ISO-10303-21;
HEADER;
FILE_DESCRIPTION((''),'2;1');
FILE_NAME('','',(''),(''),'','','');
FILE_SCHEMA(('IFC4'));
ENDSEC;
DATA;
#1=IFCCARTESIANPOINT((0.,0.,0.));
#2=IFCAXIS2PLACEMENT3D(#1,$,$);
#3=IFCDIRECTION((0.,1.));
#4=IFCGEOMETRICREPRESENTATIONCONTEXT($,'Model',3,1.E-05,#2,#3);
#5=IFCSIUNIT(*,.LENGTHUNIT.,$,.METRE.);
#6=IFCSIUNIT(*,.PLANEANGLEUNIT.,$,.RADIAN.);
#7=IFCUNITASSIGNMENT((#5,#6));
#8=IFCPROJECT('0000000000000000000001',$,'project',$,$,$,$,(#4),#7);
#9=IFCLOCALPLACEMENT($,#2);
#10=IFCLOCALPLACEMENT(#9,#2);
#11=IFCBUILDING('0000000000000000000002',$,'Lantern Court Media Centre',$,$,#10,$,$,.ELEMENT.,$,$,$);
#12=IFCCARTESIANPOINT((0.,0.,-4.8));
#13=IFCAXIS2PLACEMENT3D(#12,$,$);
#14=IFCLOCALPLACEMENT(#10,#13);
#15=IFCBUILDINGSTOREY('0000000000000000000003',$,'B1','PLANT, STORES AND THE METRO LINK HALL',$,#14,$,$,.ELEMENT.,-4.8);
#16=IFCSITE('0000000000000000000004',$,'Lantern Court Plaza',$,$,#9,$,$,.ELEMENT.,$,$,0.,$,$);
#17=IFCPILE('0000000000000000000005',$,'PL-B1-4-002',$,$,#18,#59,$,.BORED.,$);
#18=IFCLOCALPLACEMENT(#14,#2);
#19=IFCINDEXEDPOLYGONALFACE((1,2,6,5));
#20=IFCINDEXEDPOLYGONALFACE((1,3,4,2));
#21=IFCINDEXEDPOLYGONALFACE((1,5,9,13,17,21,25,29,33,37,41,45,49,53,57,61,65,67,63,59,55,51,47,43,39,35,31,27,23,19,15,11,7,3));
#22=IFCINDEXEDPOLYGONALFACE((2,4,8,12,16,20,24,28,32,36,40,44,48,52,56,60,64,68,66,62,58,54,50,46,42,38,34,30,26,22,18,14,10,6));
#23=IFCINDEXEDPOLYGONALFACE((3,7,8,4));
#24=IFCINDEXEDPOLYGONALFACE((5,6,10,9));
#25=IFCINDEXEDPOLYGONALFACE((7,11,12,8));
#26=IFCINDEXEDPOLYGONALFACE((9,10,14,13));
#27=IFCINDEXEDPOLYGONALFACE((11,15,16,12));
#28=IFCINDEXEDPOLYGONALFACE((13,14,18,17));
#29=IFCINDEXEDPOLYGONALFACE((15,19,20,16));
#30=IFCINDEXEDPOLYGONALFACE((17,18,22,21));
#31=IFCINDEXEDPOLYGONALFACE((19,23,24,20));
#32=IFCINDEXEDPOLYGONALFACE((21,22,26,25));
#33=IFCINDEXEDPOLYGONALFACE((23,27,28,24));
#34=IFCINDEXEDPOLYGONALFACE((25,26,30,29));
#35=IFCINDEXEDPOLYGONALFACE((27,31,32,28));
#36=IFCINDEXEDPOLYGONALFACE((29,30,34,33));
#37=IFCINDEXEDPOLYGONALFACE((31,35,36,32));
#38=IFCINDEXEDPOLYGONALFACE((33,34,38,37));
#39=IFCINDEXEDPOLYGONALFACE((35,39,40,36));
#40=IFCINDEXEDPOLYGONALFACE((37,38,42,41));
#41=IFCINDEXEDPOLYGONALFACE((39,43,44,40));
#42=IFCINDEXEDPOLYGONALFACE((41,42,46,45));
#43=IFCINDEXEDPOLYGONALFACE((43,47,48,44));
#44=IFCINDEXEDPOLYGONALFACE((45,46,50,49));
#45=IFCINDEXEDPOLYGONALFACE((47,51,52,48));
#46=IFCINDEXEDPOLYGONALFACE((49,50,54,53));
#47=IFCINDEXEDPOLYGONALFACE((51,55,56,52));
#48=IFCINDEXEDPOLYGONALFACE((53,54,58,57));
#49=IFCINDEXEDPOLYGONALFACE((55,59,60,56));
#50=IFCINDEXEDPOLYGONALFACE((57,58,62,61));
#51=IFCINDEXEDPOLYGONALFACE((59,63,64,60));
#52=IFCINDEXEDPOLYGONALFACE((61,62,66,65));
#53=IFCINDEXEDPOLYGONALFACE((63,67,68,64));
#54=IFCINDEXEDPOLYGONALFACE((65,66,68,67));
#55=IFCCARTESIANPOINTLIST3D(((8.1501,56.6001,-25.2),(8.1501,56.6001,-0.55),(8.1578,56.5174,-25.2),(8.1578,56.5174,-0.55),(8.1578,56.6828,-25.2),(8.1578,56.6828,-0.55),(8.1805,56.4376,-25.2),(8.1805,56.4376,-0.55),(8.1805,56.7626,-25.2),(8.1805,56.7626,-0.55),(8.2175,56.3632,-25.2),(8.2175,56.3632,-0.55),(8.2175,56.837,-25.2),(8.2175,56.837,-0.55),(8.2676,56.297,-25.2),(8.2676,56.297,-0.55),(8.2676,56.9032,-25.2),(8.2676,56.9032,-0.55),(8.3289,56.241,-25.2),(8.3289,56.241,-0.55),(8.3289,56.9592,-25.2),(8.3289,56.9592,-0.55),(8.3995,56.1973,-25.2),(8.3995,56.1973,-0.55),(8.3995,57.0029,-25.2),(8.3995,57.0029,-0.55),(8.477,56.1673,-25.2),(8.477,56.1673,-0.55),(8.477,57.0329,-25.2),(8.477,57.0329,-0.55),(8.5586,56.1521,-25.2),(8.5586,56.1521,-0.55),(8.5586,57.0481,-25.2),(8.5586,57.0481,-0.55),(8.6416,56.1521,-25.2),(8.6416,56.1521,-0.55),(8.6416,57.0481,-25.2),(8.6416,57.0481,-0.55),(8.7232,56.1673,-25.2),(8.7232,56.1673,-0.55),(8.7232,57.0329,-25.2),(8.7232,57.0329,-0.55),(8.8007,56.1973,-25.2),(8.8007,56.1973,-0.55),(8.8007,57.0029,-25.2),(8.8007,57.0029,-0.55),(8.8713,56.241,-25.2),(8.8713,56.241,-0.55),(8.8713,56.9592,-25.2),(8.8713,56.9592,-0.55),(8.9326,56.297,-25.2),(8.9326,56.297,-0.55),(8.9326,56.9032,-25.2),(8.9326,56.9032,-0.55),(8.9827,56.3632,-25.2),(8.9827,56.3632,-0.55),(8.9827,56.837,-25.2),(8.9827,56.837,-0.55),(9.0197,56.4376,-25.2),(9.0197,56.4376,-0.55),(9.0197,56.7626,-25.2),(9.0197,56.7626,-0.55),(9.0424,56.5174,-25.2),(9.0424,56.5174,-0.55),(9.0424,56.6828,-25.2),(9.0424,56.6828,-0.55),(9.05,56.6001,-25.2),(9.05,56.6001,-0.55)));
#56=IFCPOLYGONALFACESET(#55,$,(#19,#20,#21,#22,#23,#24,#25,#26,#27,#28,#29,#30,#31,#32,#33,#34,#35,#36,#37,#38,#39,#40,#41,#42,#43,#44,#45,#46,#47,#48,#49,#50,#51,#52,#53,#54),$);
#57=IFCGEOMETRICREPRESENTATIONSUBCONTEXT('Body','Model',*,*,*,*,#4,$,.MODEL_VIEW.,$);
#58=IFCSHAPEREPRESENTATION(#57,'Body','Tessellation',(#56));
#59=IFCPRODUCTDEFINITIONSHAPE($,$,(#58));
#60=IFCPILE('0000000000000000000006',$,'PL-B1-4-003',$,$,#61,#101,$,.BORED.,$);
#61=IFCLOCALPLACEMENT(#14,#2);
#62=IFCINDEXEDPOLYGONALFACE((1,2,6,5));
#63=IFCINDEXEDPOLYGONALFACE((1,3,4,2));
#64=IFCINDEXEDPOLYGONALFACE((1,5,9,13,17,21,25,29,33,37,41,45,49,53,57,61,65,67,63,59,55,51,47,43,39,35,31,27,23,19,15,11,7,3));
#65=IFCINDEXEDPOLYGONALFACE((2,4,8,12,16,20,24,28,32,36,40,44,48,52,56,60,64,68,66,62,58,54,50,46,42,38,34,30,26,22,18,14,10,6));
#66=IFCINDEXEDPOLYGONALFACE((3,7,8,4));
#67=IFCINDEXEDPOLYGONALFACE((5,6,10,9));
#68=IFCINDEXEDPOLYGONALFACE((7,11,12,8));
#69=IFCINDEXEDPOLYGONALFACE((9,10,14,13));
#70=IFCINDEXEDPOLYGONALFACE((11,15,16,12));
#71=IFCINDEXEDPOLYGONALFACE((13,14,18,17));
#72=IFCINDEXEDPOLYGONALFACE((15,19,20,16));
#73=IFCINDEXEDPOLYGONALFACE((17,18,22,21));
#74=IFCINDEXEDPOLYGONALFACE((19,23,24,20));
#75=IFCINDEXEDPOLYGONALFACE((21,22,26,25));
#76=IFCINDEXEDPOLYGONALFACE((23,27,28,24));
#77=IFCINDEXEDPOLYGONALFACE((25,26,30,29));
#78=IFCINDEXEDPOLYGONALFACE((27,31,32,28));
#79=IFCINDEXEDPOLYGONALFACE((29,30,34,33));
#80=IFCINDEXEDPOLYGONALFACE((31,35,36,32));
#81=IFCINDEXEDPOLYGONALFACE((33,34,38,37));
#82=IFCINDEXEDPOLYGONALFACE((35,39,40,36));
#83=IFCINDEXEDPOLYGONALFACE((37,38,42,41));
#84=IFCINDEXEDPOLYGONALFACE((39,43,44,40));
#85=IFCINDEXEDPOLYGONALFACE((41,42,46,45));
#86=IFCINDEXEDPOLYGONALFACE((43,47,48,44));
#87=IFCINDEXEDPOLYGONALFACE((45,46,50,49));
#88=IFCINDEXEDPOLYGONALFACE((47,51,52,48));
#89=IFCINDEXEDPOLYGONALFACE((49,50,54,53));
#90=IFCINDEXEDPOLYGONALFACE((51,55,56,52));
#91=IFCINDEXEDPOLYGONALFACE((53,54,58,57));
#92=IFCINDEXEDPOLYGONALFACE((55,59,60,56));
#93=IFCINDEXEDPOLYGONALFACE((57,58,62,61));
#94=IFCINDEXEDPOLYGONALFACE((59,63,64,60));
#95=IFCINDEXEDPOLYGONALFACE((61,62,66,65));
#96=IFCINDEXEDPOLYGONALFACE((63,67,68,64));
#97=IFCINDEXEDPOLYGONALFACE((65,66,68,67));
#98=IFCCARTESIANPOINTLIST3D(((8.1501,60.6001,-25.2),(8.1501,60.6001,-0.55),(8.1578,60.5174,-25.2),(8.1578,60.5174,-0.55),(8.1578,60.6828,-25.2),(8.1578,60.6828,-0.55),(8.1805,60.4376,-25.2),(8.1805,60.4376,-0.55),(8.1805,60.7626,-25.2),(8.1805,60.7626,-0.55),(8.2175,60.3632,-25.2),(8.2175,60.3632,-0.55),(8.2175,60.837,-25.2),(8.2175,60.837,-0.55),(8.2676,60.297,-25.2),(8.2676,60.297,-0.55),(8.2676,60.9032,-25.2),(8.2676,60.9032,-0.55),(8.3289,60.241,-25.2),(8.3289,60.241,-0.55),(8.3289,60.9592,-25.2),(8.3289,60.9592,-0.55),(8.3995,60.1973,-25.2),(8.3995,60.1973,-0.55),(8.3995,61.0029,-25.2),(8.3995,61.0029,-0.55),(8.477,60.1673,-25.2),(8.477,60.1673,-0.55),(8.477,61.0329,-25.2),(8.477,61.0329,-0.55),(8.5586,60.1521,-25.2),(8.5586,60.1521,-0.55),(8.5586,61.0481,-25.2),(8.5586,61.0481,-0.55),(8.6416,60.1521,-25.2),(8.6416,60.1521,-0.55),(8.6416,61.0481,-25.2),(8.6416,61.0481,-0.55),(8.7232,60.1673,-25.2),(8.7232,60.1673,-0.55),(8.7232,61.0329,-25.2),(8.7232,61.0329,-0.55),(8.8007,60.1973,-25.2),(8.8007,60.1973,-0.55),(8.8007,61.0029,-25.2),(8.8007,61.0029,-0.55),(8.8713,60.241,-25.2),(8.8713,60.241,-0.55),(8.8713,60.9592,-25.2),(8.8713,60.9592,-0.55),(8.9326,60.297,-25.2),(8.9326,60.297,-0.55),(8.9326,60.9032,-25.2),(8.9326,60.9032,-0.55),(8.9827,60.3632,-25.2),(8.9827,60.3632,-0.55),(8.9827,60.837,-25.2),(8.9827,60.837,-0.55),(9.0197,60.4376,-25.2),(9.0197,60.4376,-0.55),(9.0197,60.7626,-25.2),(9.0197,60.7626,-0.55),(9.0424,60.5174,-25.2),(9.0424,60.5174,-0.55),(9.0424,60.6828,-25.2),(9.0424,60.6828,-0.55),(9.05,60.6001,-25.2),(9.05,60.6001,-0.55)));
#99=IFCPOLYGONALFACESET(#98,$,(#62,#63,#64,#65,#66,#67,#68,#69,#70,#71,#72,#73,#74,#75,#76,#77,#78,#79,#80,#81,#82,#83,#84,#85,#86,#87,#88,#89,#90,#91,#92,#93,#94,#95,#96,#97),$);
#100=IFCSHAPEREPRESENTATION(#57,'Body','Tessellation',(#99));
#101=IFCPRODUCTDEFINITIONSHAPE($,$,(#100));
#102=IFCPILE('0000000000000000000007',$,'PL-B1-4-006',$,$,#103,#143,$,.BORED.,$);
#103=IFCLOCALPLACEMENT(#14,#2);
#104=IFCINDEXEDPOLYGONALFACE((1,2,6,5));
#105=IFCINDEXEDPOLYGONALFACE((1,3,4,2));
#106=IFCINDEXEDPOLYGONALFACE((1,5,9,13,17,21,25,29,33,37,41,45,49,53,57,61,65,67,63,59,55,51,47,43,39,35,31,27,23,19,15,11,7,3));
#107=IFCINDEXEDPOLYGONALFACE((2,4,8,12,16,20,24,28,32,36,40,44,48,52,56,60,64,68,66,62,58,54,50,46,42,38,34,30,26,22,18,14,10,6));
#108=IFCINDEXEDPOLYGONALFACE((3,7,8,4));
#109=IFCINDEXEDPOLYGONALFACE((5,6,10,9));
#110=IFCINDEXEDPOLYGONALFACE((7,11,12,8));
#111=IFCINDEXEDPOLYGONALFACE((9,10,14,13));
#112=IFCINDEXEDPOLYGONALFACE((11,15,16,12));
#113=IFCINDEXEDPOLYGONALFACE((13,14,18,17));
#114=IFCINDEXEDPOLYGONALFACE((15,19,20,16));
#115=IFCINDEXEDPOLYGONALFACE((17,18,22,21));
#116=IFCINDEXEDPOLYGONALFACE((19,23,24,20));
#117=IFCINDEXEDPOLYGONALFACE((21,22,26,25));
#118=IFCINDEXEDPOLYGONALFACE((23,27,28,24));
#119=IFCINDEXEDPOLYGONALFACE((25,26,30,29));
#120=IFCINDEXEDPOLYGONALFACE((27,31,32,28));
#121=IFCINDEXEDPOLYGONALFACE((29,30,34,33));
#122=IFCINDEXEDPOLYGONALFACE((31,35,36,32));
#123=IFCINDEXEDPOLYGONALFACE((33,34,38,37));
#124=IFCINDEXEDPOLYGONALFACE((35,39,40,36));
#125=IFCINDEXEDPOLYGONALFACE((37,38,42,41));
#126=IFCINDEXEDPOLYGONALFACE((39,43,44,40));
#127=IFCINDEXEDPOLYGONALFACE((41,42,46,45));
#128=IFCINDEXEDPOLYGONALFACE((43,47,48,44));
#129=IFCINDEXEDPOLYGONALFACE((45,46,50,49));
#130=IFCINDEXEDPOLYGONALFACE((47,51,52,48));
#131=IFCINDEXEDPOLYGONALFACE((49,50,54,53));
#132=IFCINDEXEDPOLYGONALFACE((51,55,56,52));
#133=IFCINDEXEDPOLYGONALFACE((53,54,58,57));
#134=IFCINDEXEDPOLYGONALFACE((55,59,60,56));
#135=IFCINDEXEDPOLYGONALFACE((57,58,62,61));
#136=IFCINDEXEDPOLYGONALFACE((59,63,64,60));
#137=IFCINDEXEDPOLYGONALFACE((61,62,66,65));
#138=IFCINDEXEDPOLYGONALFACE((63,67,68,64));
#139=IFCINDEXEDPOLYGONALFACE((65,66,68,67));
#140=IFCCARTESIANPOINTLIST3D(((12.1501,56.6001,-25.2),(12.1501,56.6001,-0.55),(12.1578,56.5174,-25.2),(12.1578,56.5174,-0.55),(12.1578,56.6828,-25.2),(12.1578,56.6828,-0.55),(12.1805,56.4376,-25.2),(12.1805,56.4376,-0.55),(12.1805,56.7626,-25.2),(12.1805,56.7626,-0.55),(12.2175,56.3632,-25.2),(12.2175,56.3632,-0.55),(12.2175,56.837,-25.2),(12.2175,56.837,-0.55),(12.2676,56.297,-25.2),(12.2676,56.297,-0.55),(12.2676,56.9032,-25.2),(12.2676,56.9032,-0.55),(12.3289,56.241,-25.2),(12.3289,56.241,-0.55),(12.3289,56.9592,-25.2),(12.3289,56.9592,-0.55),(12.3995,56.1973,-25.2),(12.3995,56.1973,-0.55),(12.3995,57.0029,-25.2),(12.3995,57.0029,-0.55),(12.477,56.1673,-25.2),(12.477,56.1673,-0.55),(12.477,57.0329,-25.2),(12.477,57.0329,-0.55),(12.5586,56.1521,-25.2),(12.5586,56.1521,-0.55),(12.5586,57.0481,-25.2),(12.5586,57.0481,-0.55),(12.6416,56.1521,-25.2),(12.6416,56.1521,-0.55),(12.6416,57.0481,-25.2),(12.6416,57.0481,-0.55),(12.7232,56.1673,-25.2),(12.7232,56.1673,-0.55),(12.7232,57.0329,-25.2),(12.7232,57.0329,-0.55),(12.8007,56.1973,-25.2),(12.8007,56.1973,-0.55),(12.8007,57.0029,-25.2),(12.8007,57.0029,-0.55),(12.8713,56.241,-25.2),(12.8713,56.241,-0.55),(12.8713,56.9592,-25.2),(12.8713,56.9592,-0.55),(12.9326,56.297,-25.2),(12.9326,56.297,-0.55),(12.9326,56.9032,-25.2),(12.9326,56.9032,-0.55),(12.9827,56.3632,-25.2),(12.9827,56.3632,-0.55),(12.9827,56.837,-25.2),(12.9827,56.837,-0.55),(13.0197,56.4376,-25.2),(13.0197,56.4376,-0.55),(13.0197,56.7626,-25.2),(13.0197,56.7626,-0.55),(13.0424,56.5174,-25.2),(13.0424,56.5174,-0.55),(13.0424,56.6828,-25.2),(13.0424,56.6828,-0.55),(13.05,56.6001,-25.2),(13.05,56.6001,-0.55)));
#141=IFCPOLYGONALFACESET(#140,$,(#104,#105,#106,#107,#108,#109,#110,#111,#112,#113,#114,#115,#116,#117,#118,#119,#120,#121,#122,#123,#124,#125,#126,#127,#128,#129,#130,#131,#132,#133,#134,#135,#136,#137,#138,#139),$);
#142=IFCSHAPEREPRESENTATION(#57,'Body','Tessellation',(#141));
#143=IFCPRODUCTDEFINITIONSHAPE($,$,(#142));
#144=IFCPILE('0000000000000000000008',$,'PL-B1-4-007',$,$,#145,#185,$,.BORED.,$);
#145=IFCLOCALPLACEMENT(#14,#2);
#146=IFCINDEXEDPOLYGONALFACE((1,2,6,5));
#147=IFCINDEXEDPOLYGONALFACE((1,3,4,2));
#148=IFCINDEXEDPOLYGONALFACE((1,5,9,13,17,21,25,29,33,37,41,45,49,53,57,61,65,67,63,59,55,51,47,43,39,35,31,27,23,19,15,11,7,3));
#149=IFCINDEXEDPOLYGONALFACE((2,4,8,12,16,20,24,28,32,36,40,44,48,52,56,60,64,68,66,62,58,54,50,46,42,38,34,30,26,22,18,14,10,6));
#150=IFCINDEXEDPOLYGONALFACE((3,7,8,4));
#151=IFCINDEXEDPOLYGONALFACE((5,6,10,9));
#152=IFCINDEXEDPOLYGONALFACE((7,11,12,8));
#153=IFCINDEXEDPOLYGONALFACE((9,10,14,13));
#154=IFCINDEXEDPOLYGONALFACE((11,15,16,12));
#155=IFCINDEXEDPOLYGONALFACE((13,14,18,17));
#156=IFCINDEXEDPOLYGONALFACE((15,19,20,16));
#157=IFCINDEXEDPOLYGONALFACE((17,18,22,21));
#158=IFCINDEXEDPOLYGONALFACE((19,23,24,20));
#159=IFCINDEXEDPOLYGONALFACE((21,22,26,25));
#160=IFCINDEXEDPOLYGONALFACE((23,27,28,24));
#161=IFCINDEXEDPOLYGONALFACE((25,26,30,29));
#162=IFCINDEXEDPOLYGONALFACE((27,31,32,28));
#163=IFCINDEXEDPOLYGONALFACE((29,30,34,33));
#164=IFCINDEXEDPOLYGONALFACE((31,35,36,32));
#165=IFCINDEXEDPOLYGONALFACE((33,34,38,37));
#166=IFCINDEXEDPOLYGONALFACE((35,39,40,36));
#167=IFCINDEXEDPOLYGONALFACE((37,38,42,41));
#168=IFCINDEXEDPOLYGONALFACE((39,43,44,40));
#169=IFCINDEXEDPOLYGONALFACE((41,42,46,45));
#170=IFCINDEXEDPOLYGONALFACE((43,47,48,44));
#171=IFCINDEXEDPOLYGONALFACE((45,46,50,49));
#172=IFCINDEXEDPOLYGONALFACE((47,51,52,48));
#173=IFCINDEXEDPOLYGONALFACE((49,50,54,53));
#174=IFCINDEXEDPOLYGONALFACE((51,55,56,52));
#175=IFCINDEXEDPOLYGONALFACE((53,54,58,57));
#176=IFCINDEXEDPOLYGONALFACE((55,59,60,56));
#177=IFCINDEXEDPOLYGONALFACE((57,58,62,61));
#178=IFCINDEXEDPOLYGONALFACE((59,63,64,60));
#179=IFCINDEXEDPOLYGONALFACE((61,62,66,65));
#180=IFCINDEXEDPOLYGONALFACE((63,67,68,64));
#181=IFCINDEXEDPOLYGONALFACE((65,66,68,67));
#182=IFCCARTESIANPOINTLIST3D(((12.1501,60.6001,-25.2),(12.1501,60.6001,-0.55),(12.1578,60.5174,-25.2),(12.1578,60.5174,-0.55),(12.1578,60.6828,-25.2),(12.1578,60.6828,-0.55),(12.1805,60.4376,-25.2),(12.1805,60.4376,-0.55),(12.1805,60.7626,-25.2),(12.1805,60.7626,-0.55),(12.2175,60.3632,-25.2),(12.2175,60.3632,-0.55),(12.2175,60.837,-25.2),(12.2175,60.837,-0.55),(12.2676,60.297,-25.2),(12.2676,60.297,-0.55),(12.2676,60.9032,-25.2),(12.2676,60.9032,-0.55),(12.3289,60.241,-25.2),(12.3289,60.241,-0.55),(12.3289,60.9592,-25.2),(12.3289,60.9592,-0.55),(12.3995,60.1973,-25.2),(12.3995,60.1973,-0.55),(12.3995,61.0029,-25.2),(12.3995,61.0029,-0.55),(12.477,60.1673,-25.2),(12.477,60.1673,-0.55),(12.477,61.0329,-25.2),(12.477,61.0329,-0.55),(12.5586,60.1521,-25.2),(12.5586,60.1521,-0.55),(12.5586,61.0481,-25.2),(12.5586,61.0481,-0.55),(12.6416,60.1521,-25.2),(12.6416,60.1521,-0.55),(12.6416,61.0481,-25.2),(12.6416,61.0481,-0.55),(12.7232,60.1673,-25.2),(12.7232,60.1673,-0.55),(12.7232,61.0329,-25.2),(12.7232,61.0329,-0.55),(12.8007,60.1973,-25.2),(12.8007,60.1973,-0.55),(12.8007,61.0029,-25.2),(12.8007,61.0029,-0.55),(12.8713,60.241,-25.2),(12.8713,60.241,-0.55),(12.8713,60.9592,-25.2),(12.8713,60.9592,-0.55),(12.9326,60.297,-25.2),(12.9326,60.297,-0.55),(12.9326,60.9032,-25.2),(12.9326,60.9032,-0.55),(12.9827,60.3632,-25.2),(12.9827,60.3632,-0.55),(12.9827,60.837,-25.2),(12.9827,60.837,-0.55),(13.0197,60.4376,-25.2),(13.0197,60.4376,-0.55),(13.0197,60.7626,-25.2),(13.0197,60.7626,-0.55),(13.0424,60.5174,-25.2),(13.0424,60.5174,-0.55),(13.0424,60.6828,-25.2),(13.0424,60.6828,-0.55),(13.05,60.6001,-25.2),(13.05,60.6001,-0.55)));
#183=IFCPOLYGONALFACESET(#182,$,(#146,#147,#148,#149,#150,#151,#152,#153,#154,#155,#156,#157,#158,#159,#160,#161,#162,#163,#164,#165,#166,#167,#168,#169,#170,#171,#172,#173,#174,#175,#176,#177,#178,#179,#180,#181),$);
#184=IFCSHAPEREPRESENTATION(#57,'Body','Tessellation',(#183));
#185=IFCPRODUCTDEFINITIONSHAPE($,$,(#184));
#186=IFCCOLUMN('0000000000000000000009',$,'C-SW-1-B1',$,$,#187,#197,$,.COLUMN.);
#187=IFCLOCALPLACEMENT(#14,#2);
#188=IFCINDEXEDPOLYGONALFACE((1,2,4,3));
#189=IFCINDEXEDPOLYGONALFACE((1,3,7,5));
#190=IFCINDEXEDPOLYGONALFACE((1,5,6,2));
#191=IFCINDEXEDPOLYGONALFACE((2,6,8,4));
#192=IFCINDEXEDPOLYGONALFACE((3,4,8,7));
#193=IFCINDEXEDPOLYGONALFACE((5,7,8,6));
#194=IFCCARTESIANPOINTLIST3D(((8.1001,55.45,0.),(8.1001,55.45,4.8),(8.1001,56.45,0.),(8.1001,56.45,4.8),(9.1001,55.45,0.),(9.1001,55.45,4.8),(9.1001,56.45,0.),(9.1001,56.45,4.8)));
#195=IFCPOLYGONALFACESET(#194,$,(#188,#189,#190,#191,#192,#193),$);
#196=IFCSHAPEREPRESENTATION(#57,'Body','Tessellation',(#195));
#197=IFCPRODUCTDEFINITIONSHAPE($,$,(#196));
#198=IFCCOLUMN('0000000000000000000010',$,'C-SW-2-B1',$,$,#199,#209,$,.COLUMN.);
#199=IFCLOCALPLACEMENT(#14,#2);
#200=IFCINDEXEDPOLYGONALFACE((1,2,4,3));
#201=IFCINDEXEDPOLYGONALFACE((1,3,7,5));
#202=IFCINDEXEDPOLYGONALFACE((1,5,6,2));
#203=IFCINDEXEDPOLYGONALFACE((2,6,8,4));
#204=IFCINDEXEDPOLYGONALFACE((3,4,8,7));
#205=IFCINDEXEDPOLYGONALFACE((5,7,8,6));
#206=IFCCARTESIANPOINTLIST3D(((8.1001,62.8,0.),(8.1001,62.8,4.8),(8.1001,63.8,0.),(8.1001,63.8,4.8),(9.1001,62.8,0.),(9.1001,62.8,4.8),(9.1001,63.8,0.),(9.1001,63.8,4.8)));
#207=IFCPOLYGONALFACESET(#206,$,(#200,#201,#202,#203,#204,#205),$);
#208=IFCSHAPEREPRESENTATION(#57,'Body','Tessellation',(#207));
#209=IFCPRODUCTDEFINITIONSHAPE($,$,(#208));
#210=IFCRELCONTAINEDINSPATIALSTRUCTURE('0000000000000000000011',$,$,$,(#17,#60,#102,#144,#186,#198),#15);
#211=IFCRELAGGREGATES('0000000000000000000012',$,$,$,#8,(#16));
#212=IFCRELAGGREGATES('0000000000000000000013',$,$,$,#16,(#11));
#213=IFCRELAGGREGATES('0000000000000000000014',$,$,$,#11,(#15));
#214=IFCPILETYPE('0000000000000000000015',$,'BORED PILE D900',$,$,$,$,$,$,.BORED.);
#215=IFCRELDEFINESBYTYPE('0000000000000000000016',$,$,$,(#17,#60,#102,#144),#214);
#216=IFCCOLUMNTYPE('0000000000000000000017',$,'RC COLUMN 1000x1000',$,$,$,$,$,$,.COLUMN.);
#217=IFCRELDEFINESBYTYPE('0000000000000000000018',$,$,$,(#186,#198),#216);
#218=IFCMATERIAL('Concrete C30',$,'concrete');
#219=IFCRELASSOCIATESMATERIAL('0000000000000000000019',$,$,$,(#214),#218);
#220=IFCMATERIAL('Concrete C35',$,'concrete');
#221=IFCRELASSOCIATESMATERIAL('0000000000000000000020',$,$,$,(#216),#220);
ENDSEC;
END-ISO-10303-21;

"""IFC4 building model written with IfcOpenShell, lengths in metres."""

from ifc_helpers import new_model, si_unit, direction, frame, origin, origin_2d, place, context, subcontext, project, spatial, rectangle, circle, extrude, material, material_profile, profile_set, type_object, element, save


model = new_model("IFC4")

# Units and contexts
model_context = context("Model", 3, precision=1e-05, world=origin(), true_north=direction((0.0, 1.0)))
body_context = subcontext(model_context, "Body", "Model", "MODEL_VIEW")
ifc_project = project(units=[si_unit("LENGTHUNIT", "METRE"), si_unit("PLANEANGLEUNIT", "RADIAN")], contexts=[model_context])

# Site, building, storey
site_placement = place(None, origin())
site = spatial("IfcSite", under=ifc_project, at=site_placement, Name="Lantern Court Plaza", CompositionType="ELEMENT", RefElevation=0.0)
building_placement = place(site_placement, origin())
building = spatial("IfcBuilding", under=site, at=building_placement, Name="Lantern Court Media Centre", CompositionType="ELEMENT")
storey_placement = place(building_placement, frame((0.0, 0.0, -4.8)))
storey = spatial("IfcBuildingStorey", under=building, at=storey_placement, Name="B1", Description="PLANT, STORES AND THE METRO LINK HALL", CompositionType="ELEMENT", Elevation=-4.8)

# Piles
ifc_material_1 = material(Name="Concrete C30", Category="concrete")
ifc_material_profile_1 = material_profile(ifc_material_1, circle(Radius=0.45, at=origin_2d()), Name="D900")
ifc_profile_set_1 = profile_set([ifc_material_profile_1], Name="Concrete C30")
pile_type = type_object("IfcPileType", Name="BORED PILE D900", PredefinedType="BORED", material=ifc_profile_set_1)
for number, where, z_axis, x_axis, name in (
    (1, (8.6001, 56.6001, -0.55), (0.0, 0.0, -1.0), (1.0, 0.0, 0.0), "PL-B1-4-002"),
    (2, (8.6001, 60.6001, -0.55), (0.0, 0.0, -1.0), (1.0, 0.0, 0.0), "PL-B1-4-003"),
    (3, (12.6001, 56.6001, -0.55), (0.0, 0.0, -1.0), (1.0, 0.0, 0.0), "PL-B1-4-006"),
    (4, (12.6001, 60.6001, -0.55), (0.0, 0.0, -1.0), (1.0, 0.0, 0.0), "PL-B1-4-007"),
):
    element("IfcPile", number, at=place(storey_placement, frame(where, z_axis=z_axis, x_axis=x_axis)), inside=storey, type_object=pile_type, Name=name, PredefinedType="BORED", context=body_context, shape_type="SweptSolid", body=[
        extrude(circle(Radius=0.45, at=origin_2d()), origin(), (0.0, 0.0, 1.0), 24.6499),
    ])

# Columns
ifc_material_2 = material(Name="Concrete C35", Category="concrete")
ifc_material_profile_2 = material_profile(ifc_material_2, rectangle(XDim=1.0, YDim=1.0, at=origin_2d()), Name="RC 1000x1000")
ifc_profile_set_2 = profile_set([ifc_material_profile_2], Name="Concrete C35")
column_type = type_object("IfcColumnType", Name="RC COLUMN 1000x1000", PredefinedType="COLUMN", material=ifc_profile_set_2)
for number, where, z_axis, x_axis, name in (
    (5, (8.6001, 55.95, 0.0), (0.0, 0.0, 1.0), (1.0, 0.0, 0.0), "C-SW-1-B1"),
    (6, (8.6001, 63.3, 0.0), (0.0, 0.0, 1.0), (1.0, 0.0, 0.0), "C-SW-2-B1"),
):
    element("IfcColumn", number, at=place(storey_placement, frame(where, z_axis=z_axis, x_axis=x_axis)), inside=storey, type_object=column_type, Name=name, PredefinedType="COLUMN", context=body_context, shape_type="SweptSolid", body=[
        extrude(rectangle(XDim=1.0, YDim=1.0, at=origin_2d()), origin(), (0.0, 0.0, 1.0), 4.8),
    ])

save(model, "model.ifc")
